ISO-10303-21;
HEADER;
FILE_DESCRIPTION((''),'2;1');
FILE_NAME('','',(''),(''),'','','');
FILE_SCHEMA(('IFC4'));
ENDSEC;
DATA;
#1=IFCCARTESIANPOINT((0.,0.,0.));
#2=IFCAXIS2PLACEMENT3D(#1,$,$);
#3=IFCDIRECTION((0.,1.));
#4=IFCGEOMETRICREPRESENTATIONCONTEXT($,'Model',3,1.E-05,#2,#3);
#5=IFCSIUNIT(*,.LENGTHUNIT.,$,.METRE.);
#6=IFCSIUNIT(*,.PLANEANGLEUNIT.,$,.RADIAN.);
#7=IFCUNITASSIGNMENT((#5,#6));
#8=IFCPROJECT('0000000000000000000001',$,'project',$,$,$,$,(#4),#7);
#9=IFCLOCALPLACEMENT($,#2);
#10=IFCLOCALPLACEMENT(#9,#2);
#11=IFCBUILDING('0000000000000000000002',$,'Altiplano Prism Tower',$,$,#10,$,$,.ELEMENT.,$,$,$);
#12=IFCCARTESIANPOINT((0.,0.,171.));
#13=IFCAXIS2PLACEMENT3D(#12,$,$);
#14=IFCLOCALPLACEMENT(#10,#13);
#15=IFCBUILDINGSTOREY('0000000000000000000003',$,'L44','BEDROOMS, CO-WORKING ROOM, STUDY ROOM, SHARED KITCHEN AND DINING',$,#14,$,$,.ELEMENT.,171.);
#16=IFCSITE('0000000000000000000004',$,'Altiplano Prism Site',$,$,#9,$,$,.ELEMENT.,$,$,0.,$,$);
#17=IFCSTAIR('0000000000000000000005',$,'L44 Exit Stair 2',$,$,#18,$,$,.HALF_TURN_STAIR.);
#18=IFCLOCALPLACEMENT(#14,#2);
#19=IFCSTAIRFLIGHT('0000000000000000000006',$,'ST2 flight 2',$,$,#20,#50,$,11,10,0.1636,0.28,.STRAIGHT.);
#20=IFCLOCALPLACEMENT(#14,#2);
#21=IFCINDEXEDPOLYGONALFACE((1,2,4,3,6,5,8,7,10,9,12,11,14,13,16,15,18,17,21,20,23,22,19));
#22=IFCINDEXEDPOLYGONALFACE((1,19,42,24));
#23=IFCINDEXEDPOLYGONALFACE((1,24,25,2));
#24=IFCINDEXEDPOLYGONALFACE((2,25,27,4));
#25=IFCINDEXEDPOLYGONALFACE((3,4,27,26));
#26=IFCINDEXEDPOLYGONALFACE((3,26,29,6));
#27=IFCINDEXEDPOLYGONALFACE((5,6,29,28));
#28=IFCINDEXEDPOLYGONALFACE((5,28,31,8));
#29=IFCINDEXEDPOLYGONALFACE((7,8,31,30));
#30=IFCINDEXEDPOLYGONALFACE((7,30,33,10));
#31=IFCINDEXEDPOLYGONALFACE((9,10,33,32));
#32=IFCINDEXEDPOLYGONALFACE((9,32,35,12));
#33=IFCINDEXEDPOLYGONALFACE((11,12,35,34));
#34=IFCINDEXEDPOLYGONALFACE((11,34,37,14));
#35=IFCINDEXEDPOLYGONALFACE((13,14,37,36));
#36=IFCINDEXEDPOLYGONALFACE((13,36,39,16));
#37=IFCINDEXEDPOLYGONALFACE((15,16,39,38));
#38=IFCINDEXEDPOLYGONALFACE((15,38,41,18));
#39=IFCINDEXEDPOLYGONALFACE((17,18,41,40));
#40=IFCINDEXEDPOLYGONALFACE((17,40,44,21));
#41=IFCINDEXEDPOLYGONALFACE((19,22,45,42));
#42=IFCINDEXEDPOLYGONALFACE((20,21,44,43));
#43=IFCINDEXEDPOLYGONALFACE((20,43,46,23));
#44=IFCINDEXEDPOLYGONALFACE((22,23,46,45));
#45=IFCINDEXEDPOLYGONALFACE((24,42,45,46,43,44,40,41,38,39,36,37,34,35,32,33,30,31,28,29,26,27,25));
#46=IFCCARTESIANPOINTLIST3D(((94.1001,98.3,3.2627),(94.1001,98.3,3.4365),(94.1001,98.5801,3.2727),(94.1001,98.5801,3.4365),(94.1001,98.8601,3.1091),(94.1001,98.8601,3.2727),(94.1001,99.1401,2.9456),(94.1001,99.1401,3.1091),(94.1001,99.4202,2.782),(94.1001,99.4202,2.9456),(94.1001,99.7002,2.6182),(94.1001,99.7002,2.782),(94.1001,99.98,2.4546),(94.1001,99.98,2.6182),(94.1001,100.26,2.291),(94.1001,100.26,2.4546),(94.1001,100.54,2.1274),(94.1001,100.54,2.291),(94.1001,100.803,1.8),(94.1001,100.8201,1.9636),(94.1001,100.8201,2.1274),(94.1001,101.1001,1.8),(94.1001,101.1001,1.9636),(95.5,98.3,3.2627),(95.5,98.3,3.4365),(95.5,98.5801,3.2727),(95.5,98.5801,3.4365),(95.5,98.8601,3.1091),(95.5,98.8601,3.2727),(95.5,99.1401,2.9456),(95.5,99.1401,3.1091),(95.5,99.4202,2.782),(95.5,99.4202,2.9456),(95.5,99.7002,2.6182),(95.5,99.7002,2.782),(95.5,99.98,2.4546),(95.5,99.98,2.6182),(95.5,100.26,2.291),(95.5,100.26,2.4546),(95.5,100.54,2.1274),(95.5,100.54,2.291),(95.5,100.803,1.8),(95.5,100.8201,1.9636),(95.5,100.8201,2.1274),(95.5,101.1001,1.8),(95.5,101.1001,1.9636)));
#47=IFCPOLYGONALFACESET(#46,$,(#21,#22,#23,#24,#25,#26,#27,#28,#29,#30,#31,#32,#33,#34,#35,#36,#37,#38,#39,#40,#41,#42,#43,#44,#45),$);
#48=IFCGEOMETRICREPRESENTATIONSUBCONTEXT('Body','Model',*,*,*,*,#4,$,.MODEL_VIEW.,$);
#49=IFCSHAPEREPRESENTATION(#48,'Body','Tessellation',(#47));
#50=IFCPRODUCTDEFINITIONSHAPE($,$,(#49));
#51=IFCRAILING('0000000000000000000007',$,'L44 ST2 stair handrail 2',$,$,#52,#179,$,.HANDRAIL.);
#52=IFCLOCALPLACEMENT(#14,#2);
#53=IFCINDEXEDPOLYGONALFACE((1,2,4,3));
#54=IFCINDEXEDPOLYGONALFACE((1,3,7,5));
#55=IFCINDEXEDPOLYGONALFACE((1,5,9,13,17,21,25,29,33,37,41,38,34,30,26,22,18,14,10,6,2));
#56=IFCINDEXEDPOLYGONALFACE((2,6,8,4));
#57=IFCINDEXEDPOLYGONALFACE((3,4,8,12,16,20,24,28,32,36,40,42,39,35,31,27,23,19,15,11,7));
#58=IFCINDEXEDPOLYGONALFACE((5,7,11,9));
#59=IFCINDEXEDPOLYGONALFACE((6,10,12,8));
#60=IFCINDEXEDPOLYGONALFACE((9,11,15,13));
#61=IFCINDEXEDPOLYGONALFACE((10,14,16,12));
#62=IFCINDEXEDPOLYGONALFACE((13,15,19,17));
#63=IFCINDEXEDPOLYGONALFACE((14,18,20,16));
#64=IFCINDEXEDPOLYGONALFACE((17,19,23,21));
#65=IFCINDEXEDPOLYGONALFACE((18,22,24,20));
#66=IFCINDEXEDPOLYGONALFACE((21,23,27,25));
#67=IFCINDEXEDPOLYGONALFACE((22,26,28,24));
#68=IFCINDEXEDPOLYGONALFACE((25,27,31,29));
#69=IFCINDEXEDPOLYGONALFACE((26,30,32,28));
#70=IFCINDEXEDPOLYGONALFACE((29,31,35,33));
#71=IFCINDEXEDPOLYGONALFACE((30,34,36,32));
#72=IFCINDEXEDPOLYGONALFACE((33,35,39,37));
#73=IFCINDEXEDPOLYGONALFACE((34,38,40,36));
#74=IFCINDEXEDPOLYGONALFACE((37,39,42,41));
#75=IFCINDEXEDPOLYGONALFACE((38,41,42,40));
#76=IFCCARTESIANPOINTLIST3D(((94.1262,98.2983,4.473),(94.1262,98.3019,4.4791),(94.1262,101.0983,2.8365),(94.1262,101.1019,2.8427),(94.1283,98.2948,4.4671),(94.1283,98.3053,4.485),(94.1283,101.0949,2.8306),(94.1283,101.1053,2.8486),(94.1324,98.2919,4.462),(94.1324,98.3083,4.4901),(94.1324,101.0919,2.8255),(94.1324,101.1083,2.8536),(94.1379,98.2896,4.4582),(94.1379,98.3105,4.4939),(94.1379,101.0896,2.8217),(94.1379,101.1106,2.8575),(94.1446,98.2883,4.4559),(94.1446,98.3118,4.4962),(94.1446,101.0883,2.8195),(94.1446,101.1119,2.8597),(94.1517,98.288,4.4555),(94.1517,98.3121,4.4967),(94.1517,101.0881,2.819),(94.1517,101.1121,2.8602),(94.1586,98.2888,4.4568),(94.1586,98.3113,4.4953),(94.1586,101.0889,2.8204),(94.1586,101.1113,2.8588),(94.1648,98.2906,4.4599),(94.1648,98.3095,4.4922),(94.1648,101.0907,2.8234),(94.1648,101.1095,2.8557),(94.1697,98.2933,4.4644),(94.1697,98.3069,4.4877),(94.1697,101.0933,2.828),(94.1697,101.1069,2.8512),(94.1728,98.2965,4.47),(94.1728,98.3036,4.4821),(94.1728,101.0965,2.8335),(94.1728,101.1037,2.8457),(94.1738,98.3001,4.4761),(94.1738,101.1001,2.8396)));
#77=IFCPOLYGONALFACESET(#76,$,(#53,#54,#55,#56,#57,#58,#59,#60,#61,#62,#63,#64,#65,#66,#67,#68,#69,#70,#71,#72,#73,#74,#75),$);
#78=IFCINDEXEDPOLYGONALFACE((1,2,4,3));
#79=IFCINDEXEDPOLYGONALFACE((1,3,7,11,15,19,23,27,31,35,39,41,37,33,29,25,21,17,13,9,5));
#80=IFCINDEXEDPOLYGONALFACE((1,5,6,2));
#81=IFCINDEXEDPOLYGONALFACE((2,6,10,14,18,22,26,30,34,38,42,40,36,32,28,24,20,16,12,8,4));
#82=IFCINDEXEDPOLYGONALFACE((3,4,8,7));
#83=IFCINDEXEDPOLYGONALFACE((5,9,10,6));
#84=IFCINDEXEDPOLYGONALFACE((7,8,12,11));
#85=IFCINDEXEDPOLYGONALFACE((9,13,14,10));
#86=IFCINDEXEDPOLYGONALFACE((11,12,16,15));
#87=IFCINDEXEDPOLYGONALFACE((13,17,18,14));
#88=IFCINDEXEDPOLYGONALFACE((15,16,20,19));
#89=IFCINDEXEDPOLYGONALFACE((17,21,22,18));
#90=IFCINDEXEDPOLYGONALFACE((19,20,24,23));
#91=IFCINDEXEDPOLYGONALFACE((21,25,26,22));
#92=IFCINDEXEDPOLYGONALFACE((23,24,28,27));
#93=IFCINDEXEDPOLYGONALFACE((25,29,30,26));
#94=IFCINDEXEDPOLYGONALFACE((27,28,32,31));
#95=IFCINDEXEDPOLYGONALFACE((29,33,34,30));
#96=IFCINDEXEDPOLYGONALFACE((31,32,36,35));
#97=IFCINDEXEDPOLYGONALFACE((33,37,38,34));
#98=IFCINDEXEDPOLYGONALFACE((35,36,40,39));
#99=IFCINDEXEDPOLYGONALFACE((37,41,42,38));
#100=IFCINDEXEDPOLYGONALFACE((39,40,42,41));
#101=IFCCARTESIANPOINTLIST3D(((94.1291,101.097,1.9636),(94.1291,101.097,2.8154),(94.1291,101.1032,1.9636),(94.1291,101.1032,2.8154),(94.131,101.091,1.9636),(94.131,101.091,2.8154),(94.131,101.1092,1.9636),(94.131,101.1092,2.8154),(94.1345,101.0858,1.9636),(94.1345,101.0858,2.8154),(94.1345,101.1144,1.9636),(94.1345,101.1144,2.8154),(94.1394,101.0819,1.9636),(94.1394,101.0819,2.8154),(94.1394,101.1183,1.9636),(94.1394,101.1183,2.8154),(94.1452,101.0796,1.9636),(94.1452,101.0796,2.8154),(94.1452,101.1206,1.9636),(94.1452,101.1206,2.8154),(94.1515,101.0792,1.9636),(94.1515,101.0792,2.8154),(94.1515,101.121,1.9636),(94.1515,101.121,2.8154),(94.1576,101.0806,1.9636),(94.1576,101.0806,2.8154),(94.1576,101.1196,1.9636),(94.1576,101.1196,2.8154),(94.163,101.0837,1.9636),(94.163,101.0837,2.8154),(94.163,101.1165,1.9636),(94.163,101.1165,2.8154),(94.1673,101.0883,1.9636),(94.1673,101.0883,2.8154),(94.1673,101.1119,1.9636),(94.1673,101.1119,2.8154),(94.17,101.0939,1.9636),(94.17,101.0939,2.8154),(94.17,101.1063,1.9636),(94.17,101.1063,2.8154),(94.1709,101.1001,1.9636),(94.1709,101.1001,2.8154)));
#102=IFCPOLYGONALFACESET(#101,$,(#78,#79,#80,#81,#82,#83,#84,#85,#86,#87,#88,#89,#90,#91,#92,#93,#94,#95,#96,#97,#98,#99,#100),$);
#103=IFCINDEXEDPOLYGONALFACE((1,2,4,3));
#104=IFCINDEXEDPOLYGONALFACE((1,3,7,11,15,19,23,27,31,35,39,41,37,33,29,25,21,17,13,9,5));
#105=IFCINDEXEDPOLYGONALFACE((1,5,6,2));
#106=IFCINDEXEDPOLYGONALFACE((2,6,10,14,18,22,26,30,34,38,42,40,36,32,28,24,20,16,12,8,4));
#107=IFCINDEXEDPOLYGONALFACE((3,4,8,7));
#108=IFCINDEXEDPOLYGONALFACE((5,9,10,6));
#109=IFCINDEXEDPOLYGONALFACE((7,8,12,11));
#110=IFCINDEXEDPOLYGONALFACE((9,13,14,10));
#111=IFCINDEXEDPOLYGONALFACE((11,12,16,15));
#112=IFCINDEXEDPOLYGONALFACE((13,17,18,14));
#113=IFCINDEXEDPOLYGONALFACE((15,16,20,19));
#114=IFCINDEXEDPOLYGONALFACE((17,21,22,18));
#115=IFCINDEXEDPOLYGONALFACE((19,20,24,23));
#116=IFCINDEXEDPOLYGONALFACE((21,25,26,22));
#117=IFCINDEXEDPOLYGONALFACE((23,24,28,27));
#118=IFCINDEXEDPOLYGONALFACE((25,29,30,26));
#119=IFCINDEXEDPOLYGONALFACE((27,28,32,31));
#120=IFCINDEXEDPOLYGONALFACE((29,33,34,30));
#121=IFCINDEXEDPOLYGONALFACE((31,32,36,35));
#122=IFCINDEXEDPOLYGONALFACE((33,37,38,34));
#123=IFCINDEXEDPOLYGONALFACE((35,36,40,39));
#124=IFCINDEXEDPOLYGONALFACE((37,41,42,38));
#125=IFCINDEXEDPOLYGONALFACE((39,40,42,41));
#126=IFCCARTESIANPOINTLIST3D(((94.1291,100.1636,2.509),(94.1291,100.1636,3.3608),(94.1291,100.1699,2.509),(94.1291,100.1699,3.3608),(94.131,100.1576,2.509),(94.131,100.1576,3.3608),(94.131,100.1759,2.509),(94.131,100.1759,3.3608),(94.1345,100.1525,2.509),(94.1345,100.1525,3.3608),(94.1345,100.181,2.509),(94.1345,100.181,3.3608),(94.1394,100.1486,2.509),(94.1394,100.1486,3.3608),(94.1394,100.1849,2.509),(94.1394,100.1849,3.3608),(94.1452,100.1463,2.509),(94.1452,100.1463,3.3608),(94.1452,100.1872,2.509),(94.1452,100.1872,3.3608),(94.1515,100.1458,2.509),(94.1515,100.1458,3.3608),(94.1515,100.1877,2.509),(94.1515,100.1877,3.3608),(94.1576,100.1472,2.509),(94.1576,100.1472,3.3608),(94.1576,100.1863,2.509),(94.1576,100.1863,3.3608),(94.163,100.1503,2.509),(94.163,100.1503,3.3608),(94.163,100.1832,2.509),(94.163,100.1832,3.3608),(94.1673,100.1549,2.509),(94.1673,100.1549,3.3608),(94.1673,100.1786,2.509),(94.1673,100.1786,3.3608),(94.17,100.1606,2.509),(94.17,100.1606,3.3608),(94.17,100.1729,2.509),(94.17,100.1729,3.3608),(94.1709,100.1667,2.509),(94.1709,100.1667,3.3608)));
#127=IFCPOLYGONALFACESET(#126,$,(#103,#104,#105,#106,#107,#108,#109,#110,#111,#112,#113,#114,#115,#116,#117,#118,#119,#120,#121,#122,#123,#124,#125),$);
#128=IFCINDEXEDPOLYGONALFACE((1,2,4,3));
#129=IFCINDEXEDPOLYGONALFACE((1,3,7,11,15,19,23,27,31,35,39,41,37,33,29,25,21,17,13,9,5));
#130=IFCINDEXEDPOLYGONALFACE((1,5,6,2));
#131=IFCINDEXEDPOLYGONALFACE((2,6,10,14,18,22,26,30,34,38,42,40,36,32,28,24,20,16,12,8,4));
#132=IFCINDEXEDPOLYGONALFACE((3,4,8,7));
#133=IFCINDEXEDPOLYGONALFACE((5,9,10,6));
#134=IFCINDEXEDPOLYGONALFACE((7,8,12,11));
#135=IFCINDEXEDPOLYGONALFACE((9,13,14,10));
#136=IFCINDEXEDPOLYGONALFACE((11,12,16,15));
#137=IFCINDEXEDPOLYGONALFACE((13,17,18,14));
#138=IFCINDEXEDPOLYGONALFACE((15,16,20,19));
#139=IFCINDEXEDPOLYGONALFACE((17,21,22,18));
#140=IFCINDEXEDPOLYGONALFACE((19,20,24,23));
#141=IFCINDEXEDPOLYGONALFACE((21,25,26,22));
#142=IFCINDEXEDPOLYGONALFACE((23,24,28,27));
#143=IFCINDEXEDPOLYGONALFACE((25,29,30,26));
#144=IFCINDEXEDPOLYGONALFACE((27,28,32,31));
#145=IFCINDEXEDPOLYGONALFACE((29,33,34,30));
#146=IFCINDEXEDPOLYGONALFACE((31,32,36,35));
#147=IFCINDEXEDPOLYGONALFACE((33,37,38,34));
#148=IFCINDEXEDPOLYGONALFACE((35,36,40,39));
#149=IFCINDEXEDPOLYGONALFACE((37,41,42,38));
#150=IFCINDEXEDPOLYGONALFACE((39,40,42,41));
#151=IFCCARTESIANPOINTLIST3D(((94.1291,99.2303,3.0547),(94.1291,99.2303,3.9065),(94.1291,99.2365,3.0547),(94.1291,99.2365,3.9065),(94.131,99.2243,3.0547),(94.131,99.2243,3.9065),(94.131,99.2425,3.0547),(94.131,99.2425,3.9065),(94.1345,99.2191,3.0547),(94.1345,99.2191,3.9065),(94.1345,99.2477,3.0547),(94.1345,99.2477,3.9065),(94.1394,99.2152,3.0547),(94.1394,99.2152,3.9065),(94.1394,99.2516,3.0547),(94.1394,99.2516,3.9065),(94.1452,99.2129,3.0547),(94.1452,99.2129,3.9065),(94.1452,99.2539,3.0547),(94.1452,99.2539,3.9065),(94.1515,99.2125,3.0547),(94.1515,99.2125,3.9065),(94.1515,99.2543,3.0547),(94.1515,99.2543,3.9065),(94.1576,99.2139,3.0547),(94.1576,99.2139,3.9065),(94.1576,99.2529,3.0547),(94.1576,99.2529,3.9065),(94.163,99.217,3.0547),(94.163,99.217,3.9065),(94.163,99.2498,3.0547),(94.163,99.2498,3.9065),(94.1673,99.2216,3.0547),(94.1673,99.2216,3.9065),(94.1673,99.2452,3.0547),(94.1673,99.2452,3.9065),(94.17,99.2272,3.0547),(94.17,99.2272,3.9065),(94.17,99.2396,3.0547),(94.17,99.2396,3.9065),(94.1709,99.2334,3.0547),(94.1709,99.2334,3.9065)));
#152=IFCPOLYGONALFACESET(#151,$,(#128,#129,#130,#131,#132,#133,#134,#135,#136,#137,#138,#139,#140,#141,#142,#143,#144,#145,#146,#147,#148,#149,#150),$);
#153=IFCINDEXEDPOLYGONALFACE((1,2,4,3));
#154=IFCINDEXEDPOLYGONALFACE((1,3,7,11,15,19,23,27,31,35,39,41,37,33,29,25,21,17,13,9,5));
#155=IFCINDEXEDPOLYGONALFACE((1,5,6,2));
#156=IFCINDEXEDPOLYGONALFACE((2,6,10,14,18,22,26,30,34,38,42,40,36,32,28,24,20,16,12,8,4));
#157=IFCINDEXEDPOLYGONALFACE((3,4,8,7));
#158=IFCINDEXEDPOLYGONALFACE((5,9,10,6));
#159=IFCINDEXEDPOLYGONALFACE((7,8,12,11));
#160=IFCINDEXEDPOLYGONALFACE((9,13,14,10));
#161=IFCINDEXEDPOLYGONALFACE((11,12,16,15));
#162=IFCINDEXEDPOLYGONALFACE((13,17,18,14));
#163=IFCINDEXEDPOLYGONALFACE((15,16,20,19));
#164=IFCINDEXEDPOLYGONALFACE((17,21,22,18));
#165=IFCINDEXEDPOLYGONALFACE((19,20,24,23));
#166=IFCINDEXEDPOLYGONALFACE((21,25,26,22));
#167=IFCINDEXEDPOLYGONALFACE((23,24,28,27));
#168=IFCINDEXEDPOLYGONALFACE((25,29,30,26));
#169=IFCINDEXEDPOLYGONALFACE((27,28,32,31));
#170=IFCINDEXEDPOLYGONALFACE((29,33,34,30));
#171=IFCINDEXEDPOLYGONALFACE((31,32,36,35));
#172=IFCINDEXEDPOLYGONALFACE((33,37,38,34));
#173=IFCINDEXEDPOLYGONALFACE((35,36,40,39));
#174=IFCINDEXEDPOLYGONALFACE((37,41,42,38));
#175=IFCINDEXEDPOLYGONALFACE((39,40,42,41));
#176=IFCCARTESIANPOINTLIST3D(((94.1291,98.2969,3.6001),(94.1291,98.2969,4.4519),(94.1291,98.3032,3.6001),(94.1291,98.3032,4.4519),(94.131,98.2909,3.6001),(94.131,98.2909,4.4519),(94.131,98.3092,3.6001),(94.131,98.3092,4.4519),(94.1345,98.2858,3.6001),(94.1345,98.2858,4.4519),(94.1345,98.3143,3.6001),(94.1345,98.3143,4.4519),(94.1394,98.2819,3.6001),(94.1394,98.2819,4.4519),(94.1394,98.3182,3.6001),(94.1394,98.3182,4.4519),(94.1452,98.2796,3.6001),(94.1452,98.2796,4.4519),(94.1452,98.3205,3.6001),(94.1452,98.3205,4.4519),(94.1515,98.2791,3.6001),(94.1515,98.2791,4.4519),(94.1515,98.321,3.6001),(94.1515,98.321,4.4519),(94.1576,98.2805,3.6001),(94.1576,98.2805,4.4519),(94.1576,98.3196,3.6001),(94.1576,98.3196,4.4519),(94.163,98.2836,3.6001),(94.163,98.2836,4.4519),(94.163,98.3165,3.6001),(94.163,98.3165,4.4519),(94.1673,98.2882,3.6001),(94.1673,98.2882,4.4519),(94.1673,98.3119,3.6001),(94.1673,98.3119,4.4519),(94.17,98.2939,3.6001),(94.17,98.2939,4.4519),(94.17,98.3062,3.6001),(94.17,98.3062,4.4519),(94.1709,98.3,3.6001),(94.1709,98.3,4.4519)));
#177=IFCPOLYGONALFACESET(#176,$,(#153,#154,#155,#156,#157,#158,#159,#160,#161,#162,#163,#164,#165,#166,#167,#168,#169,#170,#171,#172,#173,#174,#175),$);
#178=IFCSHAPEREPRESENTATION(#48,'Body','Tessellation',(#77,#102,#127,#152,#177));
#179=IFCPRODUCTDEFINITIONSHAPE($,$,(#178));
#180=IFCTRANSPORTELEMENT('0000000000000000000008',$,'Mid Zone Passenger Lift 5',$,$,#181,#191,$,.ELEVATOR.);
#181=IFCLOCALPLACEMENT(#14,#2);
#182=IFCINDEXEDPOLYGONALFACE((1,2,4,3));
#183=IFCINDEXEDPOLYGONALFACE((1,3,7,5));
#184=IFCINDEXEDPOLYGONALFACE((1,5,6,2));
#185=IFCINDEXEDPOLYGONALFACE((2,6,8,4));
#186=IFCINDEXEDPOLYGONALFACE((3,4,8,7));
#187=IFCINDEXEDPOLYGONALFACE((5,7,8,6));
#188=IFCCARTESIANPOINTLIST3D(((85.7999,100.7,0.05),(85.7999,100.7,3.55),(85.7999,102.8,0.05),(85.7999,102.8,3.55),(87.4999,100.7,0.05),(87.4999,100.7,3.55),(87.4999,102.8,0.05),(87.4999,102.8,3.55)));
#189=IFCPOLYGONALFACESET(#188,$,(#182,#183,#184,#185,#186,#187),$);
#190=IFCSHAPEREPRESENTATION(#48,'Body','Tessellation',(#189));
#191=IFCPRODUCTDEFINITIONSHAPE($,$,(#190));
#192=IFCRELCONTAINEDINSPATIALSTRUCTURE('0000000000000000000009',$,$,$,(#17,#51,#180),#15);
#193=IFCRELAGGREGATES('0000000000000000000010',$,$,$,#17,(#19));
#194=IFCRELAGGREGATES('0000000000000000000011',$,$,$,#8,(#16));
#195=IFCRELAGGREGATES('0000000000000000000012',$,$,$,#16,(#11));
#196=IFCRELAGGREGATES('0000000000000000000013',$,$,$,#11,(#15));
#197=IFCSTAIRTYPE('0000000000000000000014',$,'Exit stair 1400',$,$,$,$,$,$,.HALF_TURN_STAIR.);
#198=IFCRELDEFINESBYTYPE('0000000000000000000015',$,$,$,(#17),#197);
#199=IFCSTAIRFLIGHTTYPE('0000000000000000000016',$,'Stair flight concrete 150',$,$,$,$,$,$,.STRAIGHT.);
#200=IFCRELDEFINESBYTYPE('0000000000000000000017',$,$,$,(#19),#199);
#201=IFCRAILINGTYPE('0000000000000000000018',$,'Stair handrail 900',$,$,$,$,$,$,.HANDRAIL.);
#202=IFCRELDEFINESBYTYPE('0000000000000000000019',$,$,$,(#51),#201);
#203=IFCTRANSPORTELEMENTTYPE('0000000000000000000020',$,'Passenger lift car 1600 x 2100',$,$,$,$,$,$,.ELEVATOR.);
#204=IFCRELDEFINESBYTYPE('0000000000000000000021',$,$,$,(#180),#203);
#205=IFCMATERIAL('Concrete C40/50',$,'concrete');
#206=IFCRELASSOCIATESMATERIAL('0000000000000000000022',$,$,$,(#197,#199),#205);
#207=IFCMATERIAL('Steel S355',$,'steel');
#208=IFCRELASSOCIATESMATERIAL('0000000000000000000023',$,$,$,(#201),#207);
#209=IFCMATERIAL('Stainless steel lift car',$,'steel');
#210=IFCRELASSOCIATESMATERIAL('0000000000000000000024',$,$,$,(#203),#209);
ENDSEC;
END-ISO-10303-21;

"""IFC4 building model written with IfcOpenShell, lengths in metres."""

from ifc_helpers import new_model, si_unit, direction, frame, origin, origin_2d, place, context, subcontext, project, spatial, polyline, rectangle, circle, outline, extrude, material, type_object, element, aggregate, save


model = new_model("IFC4")

# Units and contexts
model_context = context("Model", 3, precision=1e-05, world=origin(), true_north=direction((0.0, 1.0)))
body_context = subcontext(model_context, "Body", "Model", "MODEL_VIEW")
ifc_project = project(units=[si_unit("LENGTHUNIT", "METRE"), si_unit("PLANEANGLEUNIT", "RADIAN")], contexts=[model_context])

# Site, building, storey
site_placement = place(None, origin())
site = spatial("IfcSite", under=ifc_project, at=site_placement, Name="Altiplano Prism Site", CompositionType="ELEMENT", RefElevation=0.0)
building_placement = place(site_placement, origin())
building = spatial("IfcBuilding", under=site, at=building_placement, Name="Altiplano Prism Tower", CompositionType="ELEMENT")
storey_placement = place(building_placement, frame((0.0, 0.0, 171.0)))
storey = spatial("IfcBuildingStorey", under=building, at=storey_placement, Name="L44", Description="BEDROOMS, CO-WORKING ROOM, STUDY ROOM, SHARED KITCHEN AND DINING", CompositionType="ELEMENT", Elevation=171.0)

# Stair, stair flight
ifc_material_1 = material(Name="Concrete C40/50", Category="concrete")
stair_type = type_object("IfcStairType", Name="Exit stair 1400", PredefinedType="HALF_TURN_STAIR", material=ifc_material_1)
stair_placement = place(storey_placement, origin())
stair = element("IfcStair", 1, at=stair_placement, inside=storey, type_object=stair_type, Name="L44 Exit Stair 2", PredefinedType="HALF_TURN_STAIR")
stair_flight_type = type_object("IfcStairFlightType", Name="Stair flight concrete 150", PredefinedType="STRAIGHT", material=ifc_material_1)
stair_flight_placement = place(storey_placement, frame((94.8, 101.1001, 1.8), z_axis=(0.0, 0.0, 1.0), x_axis=(0.0, -1.0, 0.0)))
stair_flight = element("IfcStairFlight", 2, at=stair_flight_placement, type_object=stair_flight_type, Name="ST2 flight 2", NumberOfRisers=11, NumberOfTreads=10, PredefinedType="STRAIGHT", RiserHeight=0.1636, TreadLength=0.28, context=body_context, shape_type="SweptSolid", body=[
    extrude(outline(polyline([(0.0, 0.0), (0.0, 0.1636), (0.28, 0.1636), (0.28, 0.3274), (0.5601, 0.3274), (0.5601, 0.491), (0.8401, 0.491), (0.8401, 0.6545), (1.1201, 0.6545), (1.1201, 0.8181), (1.3999, 0.8181), (1.3999, 0.9819), (1.6799, 0.9819), (1.6799, 1.1455), (1.96, 1.1455), (1.96, 1.3091), (2.24, 1.3091), (2.24, 1.4727), (2.52, 1.4727), (2.52, 1.6365), (2.8, 1.6365), (2.8, 1.8), (2.8, 1.4626), (0.2971, 0.0), (0.0, 0.0)])), frame((0.0, 0.7, 0.0), z_axis=(0.0, -1.0, 0.0), x_axis=(1.0, 0.0, 0.0)), (0.0, 0.0, 1.0), 1.3999),
])
aggregate(stair, [stair_flight])

# Railing
ifc_material_2 = material(Name="Steel S355", Category="steel")
railing_type = type_object("IfcRailingType", Name="Stair handrail 900", PredefinedType="HANDRAIL", material=ifc_material_2)
railing_placement = place(storey_placement, frame((94.1499, 101.1001, 1.9636)))
element("IfcRailing", 3, at=railing_placement, inside=storey, type_object=railing_type, Name="L44 ST2 stair handrail 2", PredefinedType="HANDRAIL", context=body_context, shape_type="SweptSolid", body=[
    extrude(circle(Radius=0.0239, at=origin_2d()), frame((0.0, 0.0, 0.876), z_axis=(0.0, -0.863361, 0.504587), x_axis=(1.0, 0.0, 0.0)), (0.0, 0.0, 1.0), 3.2432),
    extrude(circle(Radius=0.021, at=origin_2d()), origin(), (0.0, 0.0, 1.0), 0.8518),
    extrude(circle(Radius=0.021, at=origin_2d()), frame((0.0, -0.9333, 0.5454)), (0.0, 0.0, 1.0), 0.8518),
    extrude(circle(Radius=0.021, at=origin_2d()), frame((0.0, -1.8667, 1.0911)), (0.0, 0.0, 1.0), 0.8518),
    extrude(circle(Radius=0.021, at=origin_2d()), frame((0.0, -2.8, 1.6365)), (0.0, 0.0, 1.0), 0.8518),
])

# Transport element
ifc_material_3 = material(Name="Stainless steel lift car", Category="steel")
transport_element_type = type_object("IfcTransportElementType", Name="Passenger lift car 1600 x 2100", PredefinedType="ELEVATOR", material=ifc_material_3)
transport_element_placement = place(storey_placement, frame((86.6499, 101.75, 0.05), z_axis=(0.0, 0.0, 1.0), x_axis=(1.0, 0.0, 0.0)))
element("IfcTransportElement", 4, at=transport_element_placement, inside=storey, type_object=transport_element_type, Name="Mid Zone Passenger Lift 5", PredefinedType="ELEVATOR", context=body_context, shape_type="SweptSolid", body=[
    extrude(rectangle(XDim=1.7, YDim=2.1001, at=origin_2d()), origin(), (0.0, 0.0, 1.0), 3.5),
])

save(model, "model.ifc")
